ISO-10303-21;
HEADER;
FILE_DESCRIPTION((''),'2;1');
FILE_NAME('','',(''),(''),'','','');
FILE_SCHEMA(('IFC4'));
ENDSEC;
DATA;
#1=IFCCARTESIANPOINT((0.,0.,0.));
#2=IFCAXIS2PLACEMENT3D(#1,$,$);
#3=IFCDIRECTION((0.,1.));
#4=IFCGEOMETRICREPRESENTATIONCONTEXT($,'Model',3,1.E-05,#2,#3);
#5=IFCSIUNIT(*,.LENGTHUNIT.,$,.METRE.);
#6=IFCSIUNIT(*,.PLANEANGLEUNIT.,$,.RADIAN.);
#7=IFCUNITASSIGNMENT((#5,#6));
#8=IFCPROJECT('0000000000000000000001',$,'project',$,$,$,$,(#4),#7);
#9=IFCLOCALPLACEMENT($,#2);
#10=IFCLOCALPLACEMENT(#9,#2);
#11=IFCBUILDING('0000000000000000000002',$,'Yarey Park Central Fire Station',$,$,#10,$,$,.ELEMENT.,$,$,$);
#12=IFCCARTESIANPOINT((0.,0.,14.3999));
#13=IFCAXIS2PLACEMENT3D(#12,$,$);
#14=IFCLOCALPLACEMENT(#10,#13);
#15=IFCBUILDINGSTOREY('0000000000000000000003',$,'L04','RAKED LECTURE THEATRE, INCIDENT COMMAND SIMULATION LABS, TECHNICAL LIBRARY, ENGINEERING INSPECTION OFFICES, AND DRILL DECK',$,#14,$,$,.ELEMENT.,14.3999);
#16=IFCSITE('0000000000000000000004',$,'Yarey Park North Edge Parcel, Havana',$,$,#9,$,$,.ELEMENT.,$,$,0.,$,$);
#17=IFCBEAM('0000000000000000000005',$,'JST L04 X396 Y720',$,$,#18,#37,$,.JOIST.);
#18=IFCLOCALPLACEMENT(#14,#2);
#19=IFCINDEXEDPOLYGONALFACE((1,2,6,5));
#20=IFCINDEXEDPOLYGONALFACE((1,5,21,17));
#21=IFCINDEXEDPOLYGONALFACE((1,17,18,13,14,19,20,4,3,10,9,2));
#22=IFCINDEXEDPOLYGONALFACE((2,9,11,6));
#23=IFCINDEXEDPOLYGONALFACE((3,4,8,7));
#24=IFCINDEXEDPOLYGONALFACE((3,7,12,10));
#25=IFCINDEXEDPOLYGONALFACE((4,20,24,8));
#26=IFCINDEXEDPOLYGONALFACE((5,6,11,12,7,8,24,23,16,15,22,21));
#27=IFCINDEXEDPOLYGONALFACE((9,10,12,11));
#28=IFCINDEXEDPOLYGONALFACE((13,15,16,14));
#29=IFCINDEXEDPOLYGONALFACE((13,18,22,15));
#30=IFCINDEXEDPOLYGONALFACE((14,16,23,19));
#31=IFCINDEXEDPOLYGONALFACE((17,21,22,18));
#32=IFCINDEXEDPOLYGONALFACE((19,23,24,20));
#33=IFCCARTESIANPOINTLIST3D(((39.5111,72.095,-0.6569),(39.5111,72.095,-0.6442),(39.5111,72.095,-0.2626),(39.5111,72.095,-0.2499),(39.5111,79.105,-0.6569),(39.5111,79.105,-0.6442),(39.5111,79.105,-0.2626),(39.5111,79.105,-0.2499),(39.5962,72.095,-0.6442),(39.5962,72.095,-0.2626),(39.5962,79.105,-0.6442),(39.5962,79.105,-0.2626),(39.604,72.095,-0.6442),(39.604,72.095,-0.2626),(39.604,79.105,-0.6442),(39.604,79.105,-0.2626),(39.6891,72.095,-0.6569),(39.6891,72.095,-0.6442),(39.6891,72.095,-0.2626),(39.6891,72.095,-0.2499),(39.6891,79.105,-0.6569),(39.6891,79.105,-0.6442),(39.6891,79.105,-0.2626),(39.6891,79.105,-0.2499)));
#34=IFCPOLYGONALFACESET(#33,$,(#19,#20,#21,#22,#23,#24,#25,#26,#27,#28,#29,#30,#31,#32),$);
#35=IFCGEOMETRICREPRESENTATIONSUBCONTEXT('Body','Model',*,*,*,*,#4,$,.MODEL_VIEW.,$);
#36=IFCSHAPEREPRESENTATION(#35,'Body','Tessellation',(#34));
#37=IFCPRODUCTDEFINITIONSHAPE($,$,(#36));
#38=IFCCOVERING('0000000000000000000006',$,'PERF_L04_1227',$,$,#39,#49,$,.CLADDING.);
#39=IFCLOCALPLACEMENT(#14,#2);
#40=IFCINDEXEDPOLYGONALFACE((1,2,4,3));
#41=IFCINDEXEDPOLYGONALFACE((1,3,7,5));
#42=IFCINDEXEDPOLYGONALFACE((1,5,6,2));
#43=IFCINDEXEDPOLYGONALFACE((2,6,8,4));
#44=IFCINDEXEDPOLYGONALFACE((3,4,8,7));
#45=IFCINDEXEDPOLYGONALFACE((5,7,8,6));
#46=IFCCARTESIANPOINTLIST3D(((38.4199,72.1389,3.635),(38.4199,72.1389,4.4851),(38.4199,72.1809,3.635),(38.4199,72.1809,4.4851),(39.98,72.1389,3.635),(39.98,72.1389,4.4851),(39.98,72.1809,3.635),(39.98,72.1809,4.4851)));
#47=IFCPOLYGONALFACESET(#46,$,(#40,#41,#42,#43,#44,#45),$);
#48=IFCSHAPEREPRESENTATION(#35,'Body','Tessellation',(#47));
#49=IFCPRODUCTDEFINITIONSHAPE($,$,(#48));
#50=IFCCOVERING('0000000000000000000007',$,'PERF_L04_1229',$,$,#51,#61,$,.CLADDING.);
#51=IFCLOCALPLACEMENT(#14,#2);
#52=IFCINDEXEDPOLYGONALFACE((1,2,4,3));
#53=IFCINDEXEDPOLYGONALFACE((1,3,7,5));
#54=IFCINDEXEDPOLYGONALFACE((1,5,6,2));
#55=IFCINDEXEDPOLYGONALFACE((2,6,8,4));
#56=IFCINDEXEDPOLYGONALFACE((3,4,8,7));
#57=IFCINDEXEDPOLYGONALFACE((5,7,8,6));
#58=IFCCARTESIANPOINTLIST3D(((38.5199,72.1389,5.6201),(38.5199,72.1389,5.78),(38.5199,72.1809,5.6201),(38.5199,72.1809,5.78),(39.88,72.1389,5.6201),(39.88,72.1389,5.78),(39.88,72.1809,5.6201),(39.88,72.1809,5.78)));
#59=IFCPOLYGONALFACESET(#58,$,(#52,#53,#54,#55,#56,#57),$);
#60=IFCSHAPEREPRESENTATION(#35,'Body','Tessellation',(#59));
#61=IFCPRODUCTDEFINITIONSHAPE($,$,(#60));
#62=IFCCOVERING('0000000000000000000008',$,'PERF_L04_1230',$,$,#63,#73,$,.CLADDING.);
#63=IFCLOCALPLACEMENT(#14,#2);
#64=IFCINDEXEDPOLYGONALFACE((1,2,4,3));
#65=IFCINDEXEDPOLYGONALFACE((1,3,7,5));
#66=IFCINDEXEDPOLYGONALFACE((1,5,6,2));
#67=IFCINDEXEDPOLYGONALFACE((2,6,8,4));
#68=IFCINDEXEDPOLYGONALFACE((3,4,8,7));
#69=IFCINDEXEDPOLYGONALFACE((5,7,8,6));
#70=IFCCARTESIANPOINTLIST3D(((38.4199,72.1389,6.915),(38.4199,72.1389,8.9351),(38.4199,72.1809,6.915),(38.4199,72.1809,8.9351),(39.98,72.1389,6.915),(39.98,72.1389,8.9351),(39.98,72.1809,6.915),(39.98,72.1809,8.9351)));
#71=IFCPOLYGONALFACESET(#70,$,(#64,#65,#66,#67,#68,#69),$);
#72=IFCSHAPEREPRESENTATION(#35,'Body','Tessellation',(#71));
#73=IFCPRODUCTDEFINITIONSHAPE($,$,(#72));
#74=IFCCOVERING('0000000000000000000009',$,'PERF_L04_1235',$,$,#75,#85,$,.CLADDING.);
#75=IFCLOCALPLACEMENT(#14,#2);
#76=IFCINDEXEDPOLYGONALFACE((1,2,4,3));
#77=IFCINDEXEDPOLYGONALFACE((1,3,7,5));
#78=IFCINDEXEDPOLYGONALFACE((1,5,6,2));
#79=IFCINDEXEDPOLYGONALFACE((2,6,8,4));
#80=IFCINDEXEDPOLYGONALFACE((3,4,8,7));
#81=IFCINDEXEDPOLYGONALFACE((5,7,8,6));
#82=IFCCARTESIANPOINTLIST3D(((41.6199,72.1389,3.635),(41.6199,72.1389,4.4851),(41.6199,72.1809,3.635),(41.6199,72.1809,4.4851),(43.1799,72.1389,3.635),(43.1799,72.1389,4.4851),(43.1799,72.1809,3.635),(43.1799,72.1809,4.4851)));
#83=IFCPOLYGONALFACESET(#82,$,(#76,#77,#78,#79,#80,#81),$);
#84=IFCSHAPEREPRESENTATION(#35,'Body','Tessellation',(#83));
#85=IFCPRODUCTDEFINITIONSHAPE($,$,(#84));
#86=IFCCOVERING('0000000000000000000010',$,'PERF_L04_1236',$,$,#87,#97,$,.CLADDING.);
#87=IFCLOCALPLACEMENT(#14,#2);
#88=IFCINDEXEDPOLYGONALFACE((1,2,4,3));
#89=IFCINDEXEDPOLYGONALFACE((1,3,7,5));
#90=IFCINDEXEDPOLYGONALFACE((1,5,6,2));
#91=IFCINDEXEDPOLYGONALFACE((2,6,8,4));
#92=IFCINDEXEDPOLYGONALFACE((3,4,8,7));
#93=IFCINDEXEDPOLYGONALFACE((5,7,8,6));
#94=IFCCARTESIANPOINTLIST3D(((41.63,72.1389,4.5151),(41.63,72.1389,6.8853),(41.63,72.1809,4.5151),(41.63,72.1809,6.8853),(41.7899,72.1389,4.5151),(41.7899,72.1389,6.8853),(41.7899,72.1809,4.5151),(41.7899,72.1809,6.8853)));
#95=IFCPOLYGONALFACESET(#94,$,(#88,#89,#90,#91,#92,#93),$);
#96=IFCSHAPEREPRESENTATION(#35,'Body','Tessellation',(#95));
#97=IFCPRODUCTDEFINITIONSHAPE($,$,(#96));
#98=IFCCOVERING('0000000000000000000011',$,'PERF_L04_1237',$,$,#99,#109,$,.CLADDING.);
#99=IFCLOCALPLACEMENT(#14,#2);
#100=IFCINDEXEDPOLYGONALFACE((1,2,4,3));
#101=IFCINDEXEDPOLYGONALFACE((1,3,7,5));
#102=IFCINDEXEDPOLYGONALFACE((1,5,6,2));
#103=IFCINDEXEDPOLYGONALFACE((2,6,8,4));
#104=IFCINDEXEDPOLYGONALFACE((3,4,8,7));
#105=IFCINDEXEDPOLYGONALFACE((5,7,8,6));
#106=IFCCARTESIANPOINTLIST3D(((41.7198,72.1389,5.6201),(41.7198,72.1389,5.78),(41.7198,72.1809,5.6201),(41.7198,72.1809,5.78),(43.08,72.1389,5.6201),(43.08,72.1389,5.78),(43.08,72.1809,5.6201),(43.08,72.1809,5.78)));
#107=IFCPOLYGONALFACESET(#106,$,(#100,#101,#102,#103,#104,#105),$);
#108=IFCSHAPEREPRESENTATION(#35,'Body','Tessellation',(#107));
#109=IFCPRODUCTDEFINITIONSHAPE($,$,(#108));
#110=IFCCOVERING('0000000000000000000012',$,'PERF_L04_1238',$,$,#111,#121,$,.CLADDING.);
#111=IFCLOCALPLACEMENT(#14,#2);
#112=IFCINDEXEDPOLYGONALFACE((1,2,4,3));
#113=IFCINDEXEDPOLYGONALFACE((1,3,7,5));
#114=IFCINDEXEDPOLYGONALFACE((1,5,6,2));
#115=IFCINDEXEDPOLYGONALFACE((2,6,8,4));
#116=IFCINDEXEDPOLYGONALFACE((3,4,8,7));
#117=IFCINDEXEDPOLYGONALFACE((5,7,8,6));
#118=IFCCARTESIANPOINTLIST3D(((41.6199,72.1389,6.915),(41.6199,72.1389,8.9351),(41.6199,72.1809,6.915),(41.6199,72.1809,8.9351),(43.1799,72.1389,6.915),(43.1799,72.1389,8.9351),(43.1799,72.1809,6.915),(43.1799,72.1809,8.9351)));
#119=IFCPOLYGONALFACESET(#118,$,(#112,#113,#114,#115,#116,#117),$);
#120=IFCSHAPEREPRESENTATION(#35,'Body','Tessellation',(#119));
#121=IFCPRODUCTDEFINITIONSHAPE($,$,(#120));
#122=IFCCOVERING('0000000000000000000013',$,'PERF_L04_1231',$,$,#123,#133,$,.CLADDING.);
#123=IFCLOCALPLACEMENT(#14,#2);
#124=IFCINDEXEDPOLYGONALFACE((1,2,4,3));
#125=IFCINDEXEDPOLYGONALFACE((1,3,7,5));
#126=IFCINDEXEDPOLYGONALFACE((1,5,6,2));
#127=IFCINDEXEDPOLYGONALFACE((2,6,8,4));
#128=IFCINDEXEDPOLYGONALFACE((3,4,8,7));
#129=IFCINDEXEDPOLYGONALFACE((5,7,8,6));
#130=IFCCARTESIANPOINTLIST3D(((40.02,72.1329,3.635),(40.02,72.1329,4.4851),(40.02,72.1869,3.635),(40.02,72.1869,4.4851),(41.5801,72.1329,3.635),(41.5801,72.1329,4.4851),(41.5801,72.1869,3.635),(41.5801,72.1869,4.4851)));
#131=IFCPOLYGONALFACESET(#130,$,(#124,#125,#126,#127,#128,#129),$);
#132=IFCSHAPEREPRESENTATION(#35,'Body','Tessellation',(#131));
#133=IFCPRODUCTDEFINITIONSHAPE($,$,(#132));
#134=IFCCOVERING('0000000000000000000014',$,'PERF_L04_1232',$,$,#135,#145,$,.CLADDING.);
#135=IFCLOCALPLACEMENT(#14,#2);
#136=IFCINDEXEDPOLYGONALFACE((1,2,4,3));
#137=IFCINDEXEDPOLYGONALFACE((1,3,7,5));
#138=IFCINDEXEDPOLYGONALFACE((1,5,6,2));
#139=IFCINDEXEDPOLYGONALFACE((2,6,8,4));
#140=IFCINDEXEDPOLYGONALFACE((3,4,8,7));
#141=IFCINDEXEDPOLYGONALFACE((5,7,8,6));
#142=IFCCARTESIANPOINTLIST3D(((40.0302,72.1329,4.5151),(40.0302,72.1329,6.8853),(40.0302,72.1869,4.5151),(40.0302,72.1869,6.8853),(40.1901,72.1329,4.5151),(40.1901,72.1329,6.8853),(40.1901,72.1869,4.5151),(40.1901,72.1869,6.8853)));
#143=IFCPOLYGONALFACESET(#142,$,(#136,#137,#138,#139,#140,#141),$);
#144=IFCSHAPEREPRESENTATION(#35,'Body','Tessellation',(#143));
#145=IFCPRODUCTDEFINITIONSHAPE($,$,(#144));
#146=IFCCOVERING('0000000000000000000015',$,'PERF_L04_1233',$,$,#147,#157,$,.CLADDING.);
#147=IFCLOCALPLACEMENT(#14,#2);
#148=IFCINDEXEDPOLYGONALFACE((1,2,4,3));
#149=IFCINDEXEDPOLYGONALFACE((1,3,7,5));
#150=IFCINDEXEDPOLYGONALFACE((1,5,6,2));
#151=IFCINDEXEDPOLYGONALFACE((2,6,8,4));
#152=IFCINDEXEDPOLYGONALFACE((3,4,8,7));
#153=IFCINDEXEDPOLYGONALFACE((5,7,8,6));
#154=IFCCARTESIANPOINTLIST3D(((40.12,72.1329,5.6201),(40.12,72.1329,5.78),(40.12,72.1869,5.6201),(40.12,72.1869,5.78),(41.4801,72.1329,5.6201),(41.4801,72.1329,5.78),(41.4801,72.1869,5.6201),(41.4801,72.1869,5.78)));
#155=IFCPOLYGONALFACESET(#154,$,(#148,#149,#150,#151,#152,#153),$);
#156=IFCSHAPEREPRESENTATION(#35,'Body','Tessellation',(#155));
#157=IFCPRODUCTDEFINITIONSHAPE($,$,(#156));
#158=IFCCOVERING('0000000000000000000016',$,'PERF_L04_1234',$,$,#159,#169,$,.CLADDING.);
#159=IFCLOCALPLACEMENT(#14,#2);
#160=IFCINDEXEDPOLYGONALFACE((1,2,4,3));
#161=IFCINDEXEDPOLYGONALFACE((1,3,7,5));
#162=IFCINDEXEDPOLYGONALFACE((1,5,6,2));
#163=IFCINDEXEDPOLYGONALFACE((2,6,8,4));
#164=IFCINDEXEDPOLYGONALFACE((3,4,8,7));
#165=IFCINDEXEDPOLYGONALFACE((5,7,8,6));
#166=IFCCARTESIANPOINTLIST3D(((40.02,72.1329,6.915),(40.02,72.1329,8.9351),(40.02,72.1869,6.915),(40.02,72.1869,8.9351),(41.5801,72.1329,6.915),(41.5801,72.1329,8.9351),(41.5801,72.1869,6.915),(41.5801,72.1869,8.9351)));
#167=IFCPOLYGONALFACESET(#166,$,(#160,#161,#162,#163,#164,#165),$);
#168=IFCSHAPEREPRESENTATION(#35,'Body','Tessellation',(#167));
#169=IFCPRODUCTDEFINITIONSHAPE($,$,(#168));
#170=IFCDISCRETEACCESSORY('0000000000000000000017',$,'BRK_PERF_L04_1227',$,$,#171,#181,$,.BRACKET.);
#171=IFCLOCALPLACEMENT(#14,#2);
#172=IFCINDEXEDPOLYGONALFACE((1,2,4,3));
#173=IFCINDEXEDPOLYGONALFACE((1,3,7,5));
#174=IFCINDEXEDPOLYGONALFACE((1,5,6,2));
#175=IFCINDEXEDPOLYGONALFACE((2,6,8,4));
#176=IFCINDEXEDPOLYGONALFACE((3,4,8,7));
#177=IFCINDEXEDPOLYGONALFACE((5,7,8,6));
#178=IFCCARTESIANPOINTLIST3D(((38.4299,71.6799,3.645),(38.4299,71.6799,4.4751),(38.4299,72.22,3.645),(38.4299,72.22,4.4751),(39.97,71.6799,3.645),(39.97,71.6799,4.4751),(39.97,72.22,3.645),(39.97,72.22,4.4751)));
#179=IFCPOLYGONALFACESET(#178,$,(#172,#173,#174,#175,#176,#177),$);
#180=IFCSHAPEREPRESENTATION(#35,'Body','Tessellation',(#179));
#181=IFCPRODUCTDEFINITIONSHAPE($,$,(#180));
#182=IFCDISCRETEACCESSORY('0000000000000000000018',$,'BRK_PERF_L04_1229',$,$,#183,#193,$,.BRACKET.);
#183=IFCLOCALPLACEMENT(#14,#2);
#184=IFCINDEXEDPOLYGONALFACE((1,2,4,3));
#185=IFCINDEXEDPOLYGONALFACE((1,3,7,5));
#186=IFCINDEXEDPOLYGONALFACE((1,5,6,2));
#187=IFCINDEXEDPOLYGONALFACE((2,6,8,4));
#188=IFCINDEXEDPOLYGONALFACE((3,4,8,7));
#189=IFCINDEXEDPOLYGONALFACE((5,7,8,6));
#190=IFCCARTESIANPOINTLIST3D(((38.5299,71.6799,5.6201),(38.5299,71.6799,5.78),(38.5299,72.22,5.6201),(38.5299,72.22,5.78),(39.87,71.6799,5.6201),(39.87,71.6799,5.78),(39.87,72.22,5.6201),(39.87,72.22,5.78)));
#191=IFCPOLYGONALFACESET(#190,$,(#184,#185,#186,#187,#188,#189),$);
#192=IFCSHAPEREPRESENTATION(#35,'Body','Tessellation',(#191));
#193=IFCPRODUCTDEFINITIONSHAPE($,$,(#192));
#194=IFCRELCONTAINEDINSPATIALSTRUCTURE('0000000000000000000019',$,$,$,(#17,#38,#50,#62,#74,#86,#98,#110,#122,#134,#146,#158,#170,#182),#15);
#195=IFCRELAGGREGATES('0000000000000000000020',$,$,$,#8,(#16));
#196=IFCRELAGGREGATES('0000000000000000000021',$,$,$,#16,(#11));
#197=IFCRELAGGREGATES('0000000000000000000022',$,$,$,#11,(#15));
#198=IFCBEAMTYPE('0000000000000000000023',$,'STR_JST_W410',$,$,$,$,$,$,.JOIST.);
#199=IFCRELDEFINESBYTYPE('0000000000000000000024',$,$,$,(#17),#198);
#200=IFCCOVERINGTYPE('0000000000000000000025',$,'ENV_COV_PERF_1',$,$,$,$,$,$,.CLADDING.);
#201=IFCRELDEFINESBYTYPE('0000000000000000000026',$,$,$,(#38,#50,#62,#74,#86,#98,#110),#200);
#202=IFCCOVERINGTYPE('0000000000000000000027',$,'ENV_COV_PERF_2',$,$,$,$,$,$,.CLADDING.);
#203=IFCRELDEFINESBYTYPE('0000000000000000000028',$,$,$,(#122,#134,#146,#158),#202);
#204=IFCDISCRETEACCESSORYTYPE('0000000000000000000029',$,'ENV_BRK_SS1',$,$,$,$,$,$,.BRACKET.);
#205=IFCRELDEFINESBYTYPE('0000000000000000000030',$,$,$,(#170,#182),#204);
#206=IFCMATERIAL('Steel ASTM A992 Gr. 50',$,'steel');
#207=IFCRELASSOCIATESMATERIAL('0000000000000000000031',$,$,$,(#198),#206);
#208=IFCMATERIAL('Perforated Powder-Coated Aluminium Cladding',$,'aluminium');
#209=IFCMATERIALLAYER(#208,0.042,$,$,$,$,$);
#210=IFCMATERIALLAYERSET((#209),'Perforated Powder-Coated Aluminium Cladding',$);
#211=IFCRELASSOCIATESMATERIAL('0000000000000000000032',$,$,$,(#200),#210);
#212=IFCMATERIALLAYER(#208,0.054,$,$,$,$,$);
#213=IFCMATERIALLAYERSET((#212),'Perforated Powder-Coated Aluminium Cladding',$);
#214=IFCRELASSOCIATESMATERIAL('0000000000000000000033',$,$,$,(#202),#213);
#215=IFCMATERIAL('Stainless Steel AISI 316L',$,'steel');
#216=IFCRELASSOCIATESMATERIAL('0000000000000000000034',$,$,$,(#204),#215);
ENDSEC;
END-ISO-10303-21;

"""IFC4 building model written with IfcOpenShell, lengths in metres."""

from ifc_helpers import new_model, si_unit, direction, frame, origin, origin_2d, place, context, subcontext, project, spatial, rectangle, i_section, extrude, material, layer, layer_set, material_profile, profile_set, type_object, element, save


model = new_model("IFC4")

# Units and contexts
model_context = context("Model", 3, precision=1e-05, world=origin(), true_north=direction((0.0, 1.0)))
body_context = subcontext(model_context, "Body", "Model", "MODEL_VIEW")
ifc_project = project(units=[si_unit("LENGTHUNIT", "METRE"), si_unit("PLANEANGLEUNIT", "RADIAN")], contexts=[model_context])

# Site, building, storey
site_placement = place(None, origin())
site = spatial("IfcSite", under=ifc_project, at=site_placement, Name="Yarey Park North Edge Parcel, Havana", CompositionType="ELEMENT", RefElevation=0.0)
building_placement = place(site_placement, origin())
building = spatial("IfcBuilding", under=site, at=building_placement, Name="Yarey Park Central Fire Station", CompositionType="ELEMENT")
storey_placement = place(building_placement, frame((0.0, 0.0, 14.3999)))
storey = spatial("IfcBuildingStorey", under=building, at=storey_placement, Name="L04", Description="RAKED LECTURE THEATRE, INCIDENT COMMAND SIMULATION LABS, TECHNICAL LIBRARY, ENGINEERING INSPECTION OFFICES, AND DRILL DECK", CompositionType="ELEMENT", Elevation=14.3999)

# Beam
ifc_material_1 = material(Name="Steel ASTM A992 Gr. 50", Category="steel")
ifc_material_profile = material_profile(ifc_material_1, i_section(OverallWidth=0.178, OverallDepth=0.407, WebThickness=0.0078, FlangeThickness=0.0127, at=origin_2d()), Name="W410x60")
ifc_profile_set = profile_set([ifc_material_profile], Name="Steel ASTM A992 Gr. 50")
beam_type = type_object("IfcBeamType", Name="STR_JST_W410", PredefinedType="JOIST", material=ifc_profile_set)
beam_placement = place(storey_placement, frame((39.6001, 72.095, -0.4534), z_axis=(0.0, 1.0, 0.0), x_axis=(-1.0, 0.0, 0.0)))
element("IfcBeam", 1, at=beam_placement, inside=storey, type_object=beam_type, Name="JST L04 X396 Y720", PredefinedType="JOIST", context=body_context, shape_type="SweptSolid", body=[
    extrude(i_section(OverallWidth=0.178, OverallDepth=0.407, WebThickness=0.0078, FlangeThickness=0.0127, at=origin_2d()), origin(), (0.0, 0.0, 1.0), 7.01),
])

# Coverings
ifc_material_2 = material(Name="Perforated Powder-Coated Aluminium Cladding", Category="aluminium")
ifc_layer_1 = layer(ifc_material_2, 0.042)
ifc_layer_set_1 = layer_set([ifc_layer_1], Name="Perforated Powder-Coated Aluminium Cladding")
covering_type_1 = type_object("IfcCoveringType", Name="ENV_COV_PERF_1", PredefinedType="CLADDING", material=ifc_layer_set_1)
covering_1_placement = place(storey_placement, frame((39.2, 72.1599, 3.635), z_axis=(0.0, 0.0, 1.0), x_axis=(1.0, 0.0, 0.0)))
element("IfcCovering", 2, at=covering_1_placement, inside=storey, type_object=covering_type_1, Name="PERF_L04_1227", PredefinedType="CLADDING", context=body_context, shape_type="SweptSolid", body=[
    extrude(rectangle(XDim=1.5601, YDim=0.042, at=origin_2d()), origin(), (0.0, 0.0, 1.0), 0.8501),
])
covering_2_placement = place(storey_placement, frame((39.2, 72.1599, 5.6201), z_axis=(0.0, 0.0, 1.0), x_axis=(1.0, 0.0, 0.0)))
element("IfcCovering", 3, at=covering_2_placement, inside=storey, type_object=covering_type_1, Name="PERF_L04_1229", PredefinedType="CLADDING", context=body_context, shape_type="SweptSolid", body=[
    extrude(rectangle(XDim=1.3601, YDim=0.042, at=origin_2d()), origin(), (0.0, 0.0, 1.0), 0.1599),
])
covering_3_placement = place(storey_placement, frame((39.2, 72.1599, 6.915), z_axis=(0.0, 0.0, 1.0), x_axis=(1.0, 0.0, 0.0)))
element("IfcCovering", 4, at=covering_3_placement, inside=storey, type_object=covering_type_1, Name="PERF_L04_1230", PredefinedType="CLADDING", context=body_context, shape_type="SweptSolid", body=[
    extrude(rectangle(XDim=1.5601, YDim=0.042, at=origin_2d()), origin(), (0.0, 0.0, 1.0), 2.02),
])
covering_4_placement = place(storey_placement, frame((42.3999, 72.1599, 3.635), z_axis=(0.0, 0.0, 1.0), x_axis=(1.0, 0.0, 0.0)))
element("IfcCovering", 5, at=covering_4_placement, inside=storey, type_object=covering_type_1, Name="PERF_L04_1235", PredefinedType="CLADDING", context=body_context, shape_type="SweptSolid", body=[
    extrude(rectangle(XDim=1.5601, YDim=0.042, at=origin_2d()), origin(), (0.0, 0.0, 1.0), 0.8501),
])
covering_5_placement = place(storey_placement, frame((41.71, 72.1599, 4.5151), z_axis=(0.0, 0.0, 1.0), x_axis=(1.0, 0.0, 0.0)))
element("IfcCovering", 6, at=covering_5_placement, inside=storey, type_object=covering_type_1, Name="PERF_L04_1236", PredefinedType="CLADDING", context=body_context, shape_type="SweptSolid", body=[
    extrude(rectangle(XDim=0.1599, YDim=0.042, at=origin_2d()), origin(), (0.0, 0.0, 1.0), 2.3701),
])
covering_6_placement = place(storey_placement, frame((42.3999, 72.1599, 5.6201), z_axis=(0.0, 0.0, 1.0), x_axis=(1.0, 0.0, 0.0)))
element("IfcCovering", 7, at=covering_6_placement, inside=storey, type_object=covering_type_1, Name="PERF_L04_1237", PredefinedType="CLADDING", context=body_context, shape_type="SweptSolid", body=[
    extrude(rectangle(XDim=1.3601, YDim=0.042, at=origin_2d()), origin(), (0.0, 0.0, 1.0), 0.1599),
])
covering_7_placement = place(storey_placement, frame((42.3999, 72.1599, 6.915), z_axis=(0.0, 0.0, 1.0), x_axis=(1.0, 0.0, 0.0)))
element("IfcCovering", 8, at=covering_7_placement, inside=storey, type_object=covering_type_1, Name="PERF_L04_1238", PredefinedType="CLADDING", context=body_context, shape_type="SweptSolid", body=[
    extrude(rectangle(XDim=1.5601, YDim=0.042, at=origin_2d()), origin(), (0.0, 0.0, 1.0), 2.02),
])
ifc_layer_2 = layer(ifc_material_2, 0.054)
ifc_layer_set_2 = layer_set([ifc_layer_2], Name="Perforated Powder-Coated Aluminium Cladding")
covering_type_2 = type_object("IfcCoveringType", Name="ENV_COV_PERF_2", PredefinedType="CLADDING", material=ifc_layer_set_2)
covering_8_placement = place(storey_placement, frame((40.8, 72.1599, 3.635), z_axis=(0.0, 0.0, 1.0), x_axis=(1.0, 0.0, 0.0)))
element("IfcCovering", 9, at=covering_8_placement, inside=storey, type_object=covering_type_2, Name="PERF_L04_1231", PredefinedType="CLADDING", context=body_context, shape_type="SweptSolid", body=[
    extrude(rectangle(XDim=1.5601, YDim=0.054, at=origin_2d()), origin(), (0.0, 0.0, 1.0), 0.8501),
])
covering_9_placement = place(storey_placement, frame((40.1101, 72.1599, 4.5151), z_axis=(0.0, 0.0, 1.0), x_axis=(1.0, 0.0, 0.0)))
element("IfcCovering", 10, at=covering_9_placement, inside=storey, type_object=covering_type_2, Name="PERF_L04_1232", PredefinedType="CLADDING", context=body_context, shape_type="SweptSolid", body=[
    extrude(rectangle(XDim=0.1599, YDim=0.054, at=origin_2d()), origin(), (0.0, 0.0, 1.0), 2.3701),
])
covering_10_placement = place(storey_placement, frame((40.8, 72.1599, 5.6201), z_axis=(0.0, 0.0, 1.0), x_axis=(1.0, 0.0, 0.0)))
element("IfcCovering", 11, at=covering_10_placement, inside=storey, type_object=covering_type_2, Name="PERF_L04_1233", PredefinedType="CLADDING", context=body_context, shape_type="SweptSolid", body=[
    extrude(rectangle(XDim=1.3601, YDim=0.054, at=origin_2d()), origin(), (0.0, 0.0, 1.0), 0.1599),
])
covering_11_placement = place(storey_placement, frame((40.8, 72.1599, 6.915), z_axis=(0.0, 0.0, 1.0), x_axis=(1.0, 0.0, 0.0)))
element("IfcCovering", 12, at=covering_11_placement, inside=storey, type_object=covering_type_2, Name="PERF_L04_1234", PredefinedType="CLADDING", context=body_context, shape_type="SweptSolid", body=[
    extrude(rectangle(XDim=1.5601, YDim=0.054, at=origin_2d()), origin(), (0.0, 0.0, 1.0), 2.02),
])

# Discrete accessories
ifc_material_3 = material(Name="Stainless Steel AISI 316L", Category="steel")
discrete_accessory_type = type_object("IfcDiscreteAccessoryType", Name="ENV_BRK_SS1", PredefinedType="BRACKET", material=ifc_material_3)
discrete_accessory_1_placement = place(storey_placement, frame((39.2, 71.95, 3.645), z_axis=(0.0, 0.0, 1.0), x_axis=(1.0, 0.0, 0.0)))
element("IfcDiscreteAccessory", 13, at=discrete_accessory_1_placement, inside=storey, type_object=discrete_accessory_type, Name="BRK_PERF_L04_1227", PredefinedType="BRACKET", context=body_context, shape_type="SweptSolid", body=[
    extrude(rectangle(XDim=1.54, YDim=0.54, at=origin_2d()), origin(), (0.0, 0.0, 1.0), 0.8301),
])
discrete_accessory_2_placement = place(storey_placement, frame((39.2, 71.95, 5.6201), z_axis=(0.0, 0.0, 1.0), x_axis=(1.0, 0.0, 0.0)))
element("IfcDiscreteAccessory", 14, at=discrete_accessory_2_placement, inside=storey, type_object=discrete_accessory_type, Name="BRK_PERF_L04_1229", PredefinedType="BRACKET", context=body_context, shape_type="SweptSolid", body=[
    extrude(rectangle(XDim=1.3401, YDim=0.54, at=origin_2d()), origin(), (0.0, 0.0, 1.0), 0.1599),
])

save(model, "model.ifc")
